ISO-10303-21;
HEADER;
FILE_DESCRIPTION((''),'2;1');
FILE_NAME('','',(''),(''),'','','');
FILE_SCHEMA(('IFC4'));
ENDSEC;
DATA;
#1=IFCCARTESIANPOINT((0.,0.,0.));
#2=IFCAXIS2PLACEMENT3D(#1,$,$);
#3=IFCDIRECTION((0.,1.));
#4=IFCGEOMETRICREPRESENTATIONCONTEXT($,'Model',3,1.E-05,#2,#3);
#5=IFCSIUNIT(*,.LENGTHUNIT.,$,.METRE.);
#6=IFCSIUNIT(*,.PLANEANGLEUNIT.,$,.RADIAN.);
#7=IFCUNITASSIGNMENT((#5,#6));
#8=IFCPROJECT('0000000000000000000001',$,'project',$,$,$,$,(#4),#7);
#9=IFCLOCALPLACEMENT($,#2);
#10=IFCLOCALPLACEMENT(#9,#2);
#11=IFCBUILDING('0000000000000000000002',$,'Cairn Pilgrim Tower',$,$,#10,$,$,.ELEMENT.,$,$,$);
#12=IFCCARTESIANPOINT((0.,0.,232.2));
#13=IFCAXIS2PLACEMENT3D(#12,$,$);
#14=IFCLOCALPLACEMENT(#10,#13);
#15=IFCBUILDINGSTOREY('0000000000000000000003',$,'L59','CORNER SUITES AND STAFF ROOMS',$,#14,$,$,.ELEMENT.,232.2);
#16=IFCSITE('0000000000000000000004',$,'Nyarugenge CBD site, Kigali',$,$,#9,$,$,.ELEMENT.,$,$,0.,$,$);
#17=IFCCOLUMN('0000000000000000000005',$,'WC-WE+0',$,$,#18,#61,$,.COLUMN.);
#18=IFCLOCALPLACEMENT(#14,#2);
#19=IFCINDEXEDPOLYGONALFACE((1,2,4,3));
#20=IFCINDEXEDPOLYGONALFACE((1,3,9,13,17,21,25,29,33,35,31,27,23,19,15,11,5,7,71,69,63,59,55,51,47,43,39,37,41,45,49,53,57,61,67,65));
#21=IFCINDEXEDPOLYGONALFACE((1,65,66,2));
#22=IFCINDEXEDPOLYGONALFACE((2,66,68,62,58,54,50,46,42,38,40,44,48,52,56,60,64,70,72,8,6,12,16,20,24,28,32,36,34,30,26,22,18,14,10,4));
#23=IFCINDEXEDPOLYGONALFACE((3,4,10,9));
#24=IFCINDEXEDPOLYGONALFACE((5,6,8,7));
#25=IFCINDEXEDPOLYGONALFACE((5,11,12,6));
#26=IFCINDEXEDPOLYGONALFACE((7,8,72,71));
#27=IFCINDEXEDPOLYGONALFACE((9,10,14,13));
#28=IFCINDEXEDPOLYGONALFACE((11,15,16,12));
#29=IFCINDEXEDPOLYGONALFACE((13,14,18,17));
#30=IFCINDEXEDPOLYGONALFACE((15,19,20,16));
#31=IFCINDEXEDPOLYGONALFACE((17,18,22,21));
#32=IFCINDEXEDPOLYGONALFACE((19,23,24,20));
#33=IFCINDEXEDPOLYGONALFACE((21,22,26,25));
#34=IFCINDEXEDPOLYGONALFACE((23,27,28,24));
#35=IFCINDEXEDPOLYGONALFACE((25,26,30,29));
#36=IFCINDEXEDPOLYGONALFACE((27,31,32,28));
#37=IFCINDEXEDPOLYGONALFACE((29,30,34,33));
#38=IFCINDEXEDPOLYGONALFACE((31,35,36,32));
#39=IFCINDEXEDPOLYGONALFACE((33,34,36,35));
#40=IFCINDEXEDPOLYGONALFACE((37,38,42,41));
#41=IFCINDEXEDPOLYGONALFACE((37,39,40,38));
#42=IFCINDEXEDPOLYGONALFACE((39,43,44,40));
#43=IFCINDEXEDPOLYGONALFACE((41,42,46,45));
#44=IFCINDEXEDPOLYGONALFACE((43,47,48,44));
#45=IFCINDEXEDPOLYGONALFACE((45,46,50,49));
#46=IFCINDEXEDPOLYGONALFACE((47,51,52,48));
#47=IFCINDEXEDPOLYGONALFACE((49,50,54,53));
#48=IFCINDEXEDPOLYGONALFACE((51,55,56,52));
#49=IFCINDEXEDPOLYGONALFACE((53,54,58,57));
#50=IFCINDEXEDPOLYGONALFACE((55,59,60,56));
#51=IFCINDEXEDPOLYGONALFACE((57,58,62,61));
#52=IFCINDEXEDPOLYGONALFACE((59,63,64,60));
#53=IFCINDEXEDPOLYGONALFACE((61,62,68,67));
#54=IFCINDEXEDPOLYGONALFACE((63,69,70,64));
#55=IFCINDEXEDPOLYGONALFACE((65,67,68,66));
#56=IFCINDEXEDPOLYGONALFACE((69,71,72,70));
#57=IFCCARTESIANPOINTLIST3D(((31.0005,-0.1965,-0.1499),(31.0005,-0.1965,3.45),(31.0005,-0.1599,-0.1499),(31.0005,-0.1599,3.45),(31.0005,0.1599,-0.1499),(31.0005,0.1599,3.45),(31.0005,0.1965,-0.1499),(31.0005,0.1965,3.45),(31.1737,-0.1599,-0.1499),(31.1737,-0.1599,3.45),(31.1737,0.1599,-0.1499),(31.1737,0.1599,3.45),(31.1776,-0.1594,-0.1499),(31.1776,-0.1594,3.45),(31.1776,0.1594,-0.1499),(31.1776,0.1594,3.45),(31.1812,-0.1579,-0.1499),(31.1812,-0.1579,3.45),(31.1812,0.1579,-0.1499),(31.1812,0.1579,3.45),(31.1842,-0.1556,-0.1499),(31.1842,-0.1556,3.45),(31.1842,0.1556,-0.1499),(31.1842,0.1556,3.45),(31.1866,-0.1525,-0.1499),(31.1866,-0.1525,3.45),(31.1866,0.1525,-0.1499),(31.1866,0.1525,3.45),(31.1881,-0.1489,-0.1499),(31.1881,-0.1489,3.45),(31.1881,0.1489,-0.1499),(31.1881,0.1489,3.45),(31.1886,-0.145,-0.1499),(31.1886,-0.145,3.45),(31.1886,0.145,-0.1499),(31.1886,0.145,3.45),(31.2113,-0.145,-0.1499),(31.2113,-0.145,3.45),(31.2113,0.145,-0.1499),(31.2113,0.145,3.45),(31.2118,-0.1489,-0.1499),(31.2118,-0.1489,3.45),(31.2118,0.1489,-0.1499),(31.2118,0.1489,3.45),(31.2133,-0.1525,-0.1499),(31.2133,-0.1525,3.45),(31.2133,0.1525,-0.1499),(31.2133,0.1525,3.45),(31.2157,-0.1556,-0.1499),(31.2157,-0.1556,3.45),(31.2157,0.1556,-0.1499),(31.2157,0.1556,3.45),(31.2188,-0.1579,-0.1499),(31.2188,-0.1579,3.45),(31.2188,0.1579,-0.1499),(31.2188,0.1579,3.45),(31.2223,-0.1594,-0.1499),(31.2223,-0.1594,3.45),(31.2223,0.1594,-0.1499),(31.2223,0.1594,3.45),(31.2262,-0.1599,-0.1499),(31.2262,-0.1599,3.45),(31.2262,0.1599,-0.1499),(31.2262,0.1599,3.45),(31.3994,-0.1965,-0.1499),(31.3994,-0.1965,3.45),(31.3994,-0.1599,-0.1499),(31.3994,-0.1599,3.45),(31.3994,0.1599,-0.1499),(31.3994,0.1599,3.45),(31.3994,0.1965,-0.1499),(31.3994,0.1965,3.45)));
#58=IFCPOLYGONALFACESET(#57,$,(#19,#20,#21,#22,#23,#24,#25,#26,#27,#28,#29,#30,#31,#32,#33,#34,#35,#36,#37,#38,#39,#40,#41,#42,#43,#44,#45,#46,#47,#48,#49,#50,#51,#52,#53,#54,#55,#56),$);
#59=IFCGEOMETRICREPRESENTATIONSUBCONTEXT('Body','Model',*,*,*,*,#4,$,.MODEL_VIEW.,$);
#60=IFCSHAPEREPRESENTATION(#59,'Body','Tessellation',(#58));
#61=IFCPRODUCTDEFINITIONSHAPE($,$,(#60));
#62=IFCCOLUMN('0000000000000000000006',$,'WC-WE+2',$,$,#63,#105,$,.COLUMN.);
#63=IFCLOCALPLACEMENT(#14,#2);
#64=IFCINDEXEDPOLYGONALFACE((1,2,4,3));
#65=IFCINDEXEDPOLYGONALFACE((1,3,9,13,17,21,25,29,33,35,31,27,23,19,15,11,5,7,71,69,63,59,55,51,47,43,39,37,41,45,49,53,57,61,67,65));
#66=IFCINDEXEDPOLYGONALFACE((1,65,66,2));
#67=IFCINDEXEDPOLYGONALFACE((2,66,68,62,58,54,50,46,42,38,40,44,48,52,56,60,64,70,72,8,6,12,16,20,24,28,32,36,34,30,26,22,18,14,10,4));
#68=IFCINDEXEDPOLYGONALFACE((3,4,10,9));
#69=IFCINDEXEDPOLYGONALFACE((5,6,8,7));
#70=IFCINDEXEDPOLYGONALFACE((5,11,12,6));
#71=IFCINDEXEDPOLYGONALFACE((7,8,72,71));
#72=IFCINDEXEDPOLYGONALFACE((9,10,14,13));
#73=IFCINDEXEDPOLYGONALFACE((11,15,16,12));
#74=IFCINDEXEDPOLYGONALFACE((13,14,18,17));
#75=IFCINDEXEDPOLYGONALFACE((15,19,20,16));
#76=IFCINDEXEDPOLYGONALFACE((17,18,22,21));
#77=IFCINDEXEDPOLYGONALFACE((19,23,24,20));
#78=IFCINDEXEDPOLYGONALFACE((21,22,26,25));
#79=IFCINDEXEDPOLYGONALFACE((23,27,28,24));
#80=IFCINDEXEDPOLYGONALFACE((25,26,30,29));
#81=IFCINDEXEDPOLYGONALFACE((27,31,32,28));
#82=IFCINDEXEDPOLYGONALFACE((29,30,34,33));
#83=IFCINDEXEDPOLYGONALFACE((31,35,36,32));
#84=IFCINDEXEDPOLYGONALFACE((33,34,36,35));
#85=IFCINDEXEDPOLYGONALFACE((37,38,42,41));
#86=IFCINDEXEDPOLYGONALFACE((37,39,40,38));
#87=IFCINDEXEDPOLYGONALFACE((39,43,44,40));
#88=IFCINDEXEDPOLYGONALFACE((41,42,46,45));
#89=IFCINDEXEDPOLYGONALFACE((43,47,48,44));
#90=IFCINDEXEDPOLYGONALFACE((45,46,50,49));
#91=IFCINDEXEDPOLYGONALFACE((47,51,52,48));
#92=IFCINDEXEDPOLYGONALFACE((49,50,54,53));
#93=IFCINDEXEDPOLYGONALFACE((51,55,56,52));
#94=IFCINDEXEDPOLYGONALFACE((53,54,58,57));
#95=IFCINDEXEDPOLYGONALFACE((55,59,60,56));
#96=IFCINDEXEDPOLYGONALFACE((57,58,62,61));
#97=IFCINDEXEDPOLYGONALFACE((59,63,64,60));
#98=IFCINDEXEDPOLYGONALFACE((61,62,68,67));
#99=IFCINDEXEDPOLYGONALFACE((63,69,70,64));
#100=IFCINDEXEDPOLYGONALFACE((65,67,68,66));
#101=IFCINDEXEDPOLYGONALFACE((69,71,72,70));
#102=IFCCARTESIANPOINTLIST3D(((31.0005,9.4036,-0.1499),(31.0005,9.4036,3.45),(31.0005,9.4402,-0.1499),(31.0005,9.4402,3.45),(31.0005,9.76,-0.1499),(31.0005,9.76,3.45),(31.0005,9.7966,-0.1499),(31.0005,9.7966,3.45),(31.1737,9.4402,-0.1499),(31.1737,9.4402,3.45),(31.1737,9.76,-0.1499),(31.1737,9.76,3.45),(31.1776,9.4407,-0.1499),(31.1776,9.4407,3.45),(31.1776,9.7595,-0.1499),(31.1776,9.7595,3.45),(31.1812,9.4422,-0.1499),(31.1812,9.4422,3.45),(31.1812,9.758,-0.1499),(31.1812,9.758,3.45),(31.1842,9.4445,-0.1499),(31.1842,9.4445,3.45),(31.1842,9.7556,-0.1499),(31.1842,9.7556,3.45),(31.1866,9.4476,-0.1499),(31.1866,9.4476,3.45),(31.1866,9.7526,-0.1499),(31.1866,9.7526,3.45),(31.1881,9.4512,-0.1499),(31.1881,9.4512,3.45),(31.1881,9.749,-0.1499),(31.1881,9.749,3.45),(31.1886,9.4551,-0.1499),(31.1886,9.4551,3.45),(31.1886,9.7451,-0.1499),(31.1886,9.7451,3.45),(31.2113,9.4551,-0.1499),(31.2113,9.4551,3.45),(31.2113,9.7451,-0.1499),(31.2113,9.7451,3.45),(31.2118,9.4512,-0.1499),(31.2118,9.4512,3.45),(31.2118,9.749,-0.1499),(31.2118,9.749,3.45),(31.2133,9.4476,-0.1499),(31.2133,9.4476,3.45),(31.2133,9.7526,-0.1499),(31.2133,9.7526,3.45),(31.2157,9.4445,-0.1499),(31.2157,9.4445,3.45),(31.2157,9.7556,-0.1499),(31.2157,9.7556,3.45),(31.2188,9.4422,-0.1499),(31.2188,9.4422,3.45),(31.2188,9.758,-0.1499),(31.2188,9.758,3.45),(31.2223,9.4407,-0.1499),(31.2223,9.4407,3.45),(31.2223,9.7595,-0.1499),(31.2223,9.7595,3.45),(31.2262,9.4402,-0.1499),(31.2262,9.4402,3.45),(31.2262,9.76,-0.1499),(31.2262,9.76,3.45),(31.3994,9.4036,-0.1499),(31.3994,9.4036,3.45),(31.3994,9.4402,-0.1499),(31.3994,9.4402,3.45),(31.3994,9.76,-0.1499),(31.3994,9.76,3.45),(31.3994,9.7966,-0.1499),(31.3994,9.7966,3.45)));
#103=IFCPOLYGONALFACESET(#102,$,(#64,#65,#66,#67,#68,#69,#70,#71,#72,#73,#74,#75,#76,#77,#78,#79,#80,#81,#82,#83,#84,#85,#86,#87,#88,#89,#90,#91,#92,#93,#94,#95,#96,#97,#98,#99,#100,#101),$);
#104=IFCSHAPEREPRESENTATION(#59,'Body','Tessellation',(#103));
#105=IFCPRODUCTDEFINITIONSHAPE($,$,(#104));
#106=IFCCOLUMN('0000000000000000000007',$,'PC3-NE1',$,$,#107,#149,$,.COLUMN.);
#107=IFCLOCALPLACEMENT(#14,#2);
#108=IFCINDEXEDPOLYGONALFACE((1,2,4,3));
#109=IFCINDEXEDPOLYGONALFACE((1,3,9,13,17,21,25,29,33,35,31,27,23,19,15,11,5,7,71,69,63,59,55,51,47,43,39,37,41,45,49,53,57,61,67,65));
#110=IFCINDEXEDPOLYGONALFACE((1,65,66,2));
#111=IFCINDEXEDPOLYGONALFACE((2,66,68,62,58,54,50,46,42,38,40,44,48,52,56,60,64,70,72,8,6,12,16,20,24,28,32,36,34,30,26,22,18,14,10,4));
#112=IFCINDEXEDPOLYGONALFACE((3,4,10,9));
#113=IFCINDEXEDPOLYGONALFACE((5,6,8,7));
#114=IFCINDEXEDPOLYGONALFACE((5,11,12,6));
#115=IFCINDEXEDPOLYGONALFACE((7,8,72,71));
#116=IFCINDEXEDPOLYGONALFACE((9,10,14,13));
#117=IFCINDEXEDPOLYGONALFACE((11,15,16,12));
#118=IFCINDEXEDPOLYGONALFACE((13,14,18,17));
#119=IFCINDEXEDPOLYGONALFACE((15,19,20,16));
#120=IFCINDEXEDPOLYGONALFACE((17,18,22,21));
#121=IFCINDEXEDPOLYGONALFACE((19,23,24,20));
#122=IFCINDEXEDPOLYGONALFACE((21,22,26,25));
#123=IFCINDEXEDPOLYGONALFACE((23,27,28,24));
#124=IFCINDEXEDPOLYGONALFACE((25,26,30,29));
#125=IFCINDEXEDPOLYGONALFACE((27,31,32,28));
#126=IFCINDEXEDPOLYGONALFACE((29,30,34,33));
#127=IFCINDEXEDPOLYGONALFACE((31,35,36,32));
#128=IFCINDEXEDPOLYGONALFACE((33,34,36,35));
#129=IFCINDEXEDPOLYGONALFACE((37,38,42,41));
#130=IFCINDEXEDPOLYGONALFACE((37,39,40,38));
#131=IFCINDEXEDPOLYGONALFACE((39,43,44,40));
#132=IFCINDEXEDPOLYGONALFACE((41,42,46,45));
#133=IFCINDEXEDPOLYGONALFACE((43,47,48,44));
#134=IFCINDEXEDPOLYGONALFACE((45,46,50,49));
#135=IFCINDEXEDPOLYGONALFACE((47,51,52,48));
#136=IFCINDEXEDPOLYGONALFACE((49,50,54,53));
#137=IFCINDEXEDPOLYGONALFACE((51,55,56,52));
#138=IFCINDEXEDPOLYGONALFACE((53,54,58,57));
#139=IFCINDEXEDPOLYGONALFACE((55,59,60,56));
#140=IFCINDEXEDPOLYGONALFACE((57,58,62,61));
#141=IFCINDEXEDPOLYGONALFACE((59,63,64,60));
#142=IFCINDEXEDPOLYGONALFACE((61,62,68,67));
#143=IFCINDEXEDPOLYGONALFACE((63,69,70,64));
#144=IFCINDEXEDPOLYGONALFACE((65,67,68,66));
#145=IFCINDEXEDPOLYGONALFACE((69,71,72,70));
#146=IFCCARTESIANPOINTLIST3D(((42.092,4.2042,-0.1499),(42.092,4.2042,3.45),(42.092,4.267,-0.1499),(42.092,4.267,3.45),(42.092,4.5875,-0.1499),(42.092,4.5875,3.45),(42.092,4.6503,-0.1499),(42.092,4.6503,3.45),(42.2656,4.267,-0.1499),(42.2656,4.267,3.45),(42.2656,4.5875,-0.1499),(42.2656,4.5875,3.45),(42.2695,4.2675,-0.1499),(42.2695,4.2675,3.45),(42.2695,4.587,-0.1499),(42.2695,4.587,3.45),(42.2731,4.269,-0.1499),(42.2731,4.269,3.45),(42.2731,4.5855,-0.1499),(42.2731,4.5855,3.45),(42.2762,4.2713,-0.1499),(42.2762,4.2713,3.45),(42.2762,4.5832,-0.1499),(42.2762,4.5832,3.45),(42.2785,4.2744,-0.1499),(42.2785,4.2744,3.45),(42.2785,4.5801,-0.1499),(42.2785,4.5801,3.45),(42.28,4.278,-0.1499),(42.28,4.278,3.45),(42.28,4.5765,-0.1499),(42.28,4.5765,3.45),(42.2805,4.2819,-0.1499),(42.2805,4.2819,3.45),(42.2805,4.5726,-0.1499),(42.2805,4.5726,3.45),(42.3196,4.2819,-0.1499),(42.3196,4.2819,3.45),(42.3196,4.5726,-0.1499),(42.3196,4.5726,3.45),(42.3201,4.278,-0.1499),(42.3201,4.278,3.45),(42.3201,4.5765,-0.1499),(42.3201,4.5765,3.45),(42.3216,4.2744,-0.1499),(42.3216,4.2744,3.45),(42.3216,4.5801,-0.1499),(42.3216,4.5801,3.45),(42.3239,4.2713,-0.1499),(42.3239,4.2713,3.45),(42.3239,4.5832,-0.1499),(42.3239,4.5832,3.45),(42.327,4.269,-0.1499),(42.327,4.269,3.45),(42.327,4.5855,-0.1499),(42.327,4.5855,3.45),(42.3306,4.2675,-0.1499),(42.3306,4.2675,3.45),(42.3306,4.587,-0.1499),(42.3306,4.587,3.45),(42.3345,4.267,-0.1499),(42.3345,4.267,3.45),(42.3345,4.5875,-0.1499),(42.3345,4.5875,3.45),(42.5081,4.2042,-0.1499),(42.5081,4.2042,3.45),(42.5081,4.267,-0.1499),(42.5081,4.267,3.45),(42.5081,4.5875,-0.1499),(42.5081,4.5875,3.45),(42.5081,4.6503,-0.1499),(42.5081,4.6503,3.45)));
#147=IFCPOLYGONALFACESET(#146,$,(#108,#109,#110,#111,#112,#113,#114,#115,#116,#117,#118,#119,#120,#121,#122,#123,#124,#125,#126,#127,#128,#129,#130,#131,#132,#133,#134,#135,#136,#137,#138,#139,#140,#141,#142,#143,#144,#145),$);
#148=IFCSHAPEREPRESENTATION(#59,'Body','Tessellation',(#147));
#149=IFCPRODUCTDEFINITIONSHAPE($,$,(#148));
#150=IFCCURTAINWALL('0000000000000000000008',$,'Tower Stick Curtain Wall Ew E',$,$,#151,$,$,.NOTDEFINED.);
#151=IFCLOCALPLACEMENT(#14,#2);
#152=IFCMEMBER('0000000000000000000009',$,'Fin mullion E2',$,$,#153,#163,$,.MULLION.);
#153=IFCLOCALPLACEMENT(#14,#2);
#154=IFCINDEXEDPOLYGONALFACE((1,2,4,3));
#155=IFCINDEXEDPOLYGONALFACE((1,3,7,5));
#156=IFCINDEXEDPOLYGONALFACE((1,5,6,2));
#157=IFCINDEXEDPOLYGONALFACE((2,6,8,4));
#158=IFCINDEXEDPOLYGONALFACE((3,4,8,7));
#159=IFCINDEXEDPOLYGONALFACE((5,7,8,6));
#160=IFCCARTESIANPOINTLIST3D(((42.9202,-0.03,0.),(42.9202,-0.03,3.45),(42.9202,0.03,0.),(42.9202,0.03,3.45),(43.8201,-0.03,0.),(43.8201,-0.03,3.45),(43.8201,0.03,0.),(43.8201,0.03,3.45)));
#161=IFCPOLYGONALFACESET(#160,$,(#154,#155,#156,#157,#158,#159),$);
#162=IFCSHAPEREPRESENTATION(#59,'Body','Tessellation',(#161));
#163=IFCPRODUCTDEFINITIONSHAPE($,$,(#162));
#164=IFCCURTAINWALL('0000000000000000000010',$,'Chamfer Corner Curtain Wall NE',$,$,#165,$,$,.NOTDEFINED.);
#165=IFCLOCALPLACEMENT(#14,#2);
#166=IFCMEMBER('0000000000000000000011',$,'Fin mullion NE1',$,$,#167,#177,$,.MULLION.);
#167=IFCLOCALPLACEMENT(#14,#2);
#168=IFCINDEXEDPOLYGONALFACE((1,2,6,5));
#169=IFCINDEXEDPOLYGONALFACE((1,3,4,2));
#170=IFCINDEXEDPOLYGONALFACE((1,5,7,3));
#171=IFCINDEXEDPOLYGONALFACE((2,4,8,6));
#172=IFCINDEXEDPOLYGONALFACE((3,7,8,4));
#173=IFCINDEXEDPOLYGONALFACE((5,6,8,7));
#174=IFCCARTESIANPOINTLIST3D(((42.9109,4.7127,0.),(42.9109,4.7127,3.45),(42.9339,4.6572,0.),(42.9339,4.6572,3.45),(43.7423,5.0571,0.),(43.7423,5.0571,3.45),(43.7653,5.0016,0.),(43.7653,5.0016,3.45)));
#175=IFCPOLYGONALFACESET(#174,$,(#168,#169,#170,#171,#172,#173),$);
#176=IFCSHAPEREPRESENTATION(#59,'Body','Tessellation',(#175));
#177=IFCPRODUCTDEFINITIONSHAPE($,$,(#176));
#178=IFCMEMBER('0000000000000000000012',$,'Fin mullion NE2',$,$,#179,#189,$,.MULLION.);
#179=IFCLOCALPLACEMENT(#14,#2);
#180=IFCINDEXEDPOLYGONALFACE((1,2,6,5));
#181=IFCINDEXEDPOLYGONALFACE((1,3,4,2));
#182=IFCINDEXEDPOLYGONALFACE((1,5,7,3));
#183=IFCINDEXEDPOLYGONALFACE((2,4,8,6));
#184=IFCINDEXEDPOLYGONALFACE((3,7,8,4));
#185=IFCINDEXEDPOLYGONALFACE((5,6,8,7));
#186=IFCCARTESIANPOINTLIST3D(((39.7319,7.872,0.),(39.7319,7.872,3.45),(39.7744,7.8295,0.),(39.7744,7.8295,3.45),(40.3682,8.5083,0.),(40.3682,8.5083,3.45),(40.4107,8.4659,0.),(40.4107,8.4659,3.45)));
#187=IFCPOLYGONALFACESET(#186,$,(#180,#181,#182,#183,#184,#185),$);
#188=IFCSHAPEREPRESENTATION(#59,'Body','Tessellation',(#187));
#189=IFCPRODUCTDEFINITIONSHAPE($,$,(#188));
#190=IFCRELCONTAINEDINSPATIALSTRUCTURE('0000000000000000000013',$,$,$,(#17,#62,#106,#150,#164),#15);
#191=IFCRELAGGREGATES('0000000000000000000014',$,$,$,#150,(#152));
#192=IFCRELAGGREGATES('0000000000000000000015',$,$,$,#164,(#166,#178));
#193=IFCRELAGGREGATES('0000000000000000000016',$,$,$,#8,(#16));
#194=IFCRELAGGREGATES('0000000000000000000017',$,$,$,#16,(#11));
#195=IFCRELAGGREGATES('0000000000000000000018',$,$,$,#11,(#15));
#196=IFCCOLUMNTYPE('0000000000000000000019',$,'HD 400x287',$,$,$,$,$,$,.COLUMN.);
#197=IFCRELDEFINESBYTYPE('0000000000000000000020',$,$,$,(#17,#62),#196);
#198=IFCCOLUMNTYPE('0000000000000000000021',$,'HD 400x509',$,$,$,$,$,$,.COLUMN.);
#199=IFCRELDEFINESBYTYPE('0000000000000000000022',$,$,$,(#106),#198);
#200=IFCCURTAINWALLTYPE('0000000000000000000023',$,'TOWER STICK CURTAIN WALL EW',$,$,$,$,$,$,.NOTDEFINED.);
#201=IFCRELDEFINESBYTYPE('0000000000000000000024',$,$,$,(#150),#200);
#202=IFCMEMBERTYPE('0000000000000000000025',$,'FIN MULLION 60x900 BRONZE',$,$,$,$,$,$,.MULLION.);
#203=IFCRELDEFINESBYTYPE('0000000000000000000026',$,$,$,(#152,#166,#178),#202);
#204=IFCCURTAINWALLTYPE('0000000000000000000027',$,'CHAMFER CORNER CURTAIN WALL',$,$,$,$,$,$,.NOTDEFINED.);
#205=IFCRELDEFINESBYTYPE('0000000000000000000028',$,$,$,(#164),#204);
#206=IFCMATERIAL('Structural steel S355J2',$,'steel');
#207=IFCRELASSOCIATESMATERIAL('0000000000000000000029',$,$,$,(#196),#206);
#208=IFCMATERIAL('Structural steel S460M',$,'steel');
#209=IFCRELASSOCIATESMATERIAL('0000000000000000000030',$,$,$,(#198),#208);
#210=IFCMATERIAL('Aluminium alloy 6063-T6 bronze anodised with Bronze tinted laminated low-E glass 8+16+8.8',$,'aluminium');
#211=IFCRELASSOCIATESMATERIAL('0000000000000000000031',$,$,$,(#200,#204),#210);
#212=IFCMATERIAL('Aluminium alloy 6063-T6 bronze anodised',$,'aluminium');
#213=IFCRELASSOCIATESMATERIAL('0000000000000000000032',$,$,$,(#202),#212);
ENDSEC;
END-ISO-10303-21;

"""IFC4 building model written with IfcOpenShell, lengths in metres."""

from ifc_helpers import new_model, si_unit, direction, frame, origin, origin_2d, place, context, subcontext, project, spatial, rectangle, i_section, extrude, material, material_profile, profile_set, type_object, element, aggregate, save


model = new_model("IFC4")

# Units and contexts
model_context = context("Model", 3, precision=1e-05, world=origin(), true_north=direction((0.0, 1.0)))
body_context = subcontext(model_context, "Body", "Model", "MODEL_VIEW")
ifc_project = project(units=[si_unit("LENGTHUNIT", "METRE"), si_unit("PLANEANGLEUNIT", "RADIAN")], contexts=[model_context])

# Site, building, storey
site_placement = place(None, origin())
site = spatial("IfcSite", under=ifc_project, at=site_placement, Name="Nyarugenge CBD site, Kigali", CompositionType="ELEMENT", RefElevation=0.0)
building_placement = place(site_placement, origin())
building = spatial("IfcBuilding", under=site, at=building_placement, Name="Cairn Pilgrim Tower", CompositionType="ELEMENT")
storey_placement = place(building_placement, frame((0.0, 0.0, 232.2)))
storey = spatial("IfcBuildingStorey", under=building, at=storey_placement, Name="L59", Description="CORNER SUITES AND STAFF ROOMS", CompositionType="ELEMENT", Elevation=232.2)

# Columns
ifc_material_1 = material(Name="Structural steel S355J2", Category="steel")
ifc_material_profile_1 = material_profile(ifc_material_1, i_section(OverallWidth=0.3989, OverallDepth=0.3931, WebThickness=0.0227, FlangeThickness=0.0366, FilletRadius=0.0149, at=origin_2d()), Name="HD 400x287")
ifc_profile_set_1 = profile_set([ifc_material_profile_1], Name="Structural steel S355J2")
column_type_1 = type_object("IfcColumnType", Name="HD 400x287", PredefinedType="COLUMN", material=ifc_profile_set_1)
for number, where, z_axis, x_axis, name in (
    (1, (31.2, 0.0, -0.1499), (0.0, 0.0, 1.0), (1.0, 0.0, 0.0), "WC-WE+0"),
    (2, (31.2, 9.6001, -0.1499), (0.0, 0.0, 1.0), (1.0, 0.0, 0.0), "WC-WE+2"),
):
    element("IfcColumn", number, at=place(storey_placement, frame(where, z_axis=z_axis, x_axis=x_axis)), inside=storey, type_object=column_type_1, Name=name, PredefinedType="COLUMN", context=body_context, shape_type="SweptSolid", body=[
        extrude(i_section(OverallWidth=0.3989, OverallDepth=0.3931, WebThickness=0.0227, FlangeThickness=0.0366, FilletRadius=0.0149, at=origin_2d()), origin(), (0.0, 0.0, 1.0), 3.5999),
    ])
ifc_material_2 = material(Name="Structural steel S460M", Category="steel")
ifc_material_profile_2 = material_profile(ifc_material_2, i_section(OverallWidth=0.416, OverallDepth=0.446, WebThickness=0.0391, FlangeThickness=0.0627, FilletRadius=0.0149, at=origin_2d()), Name="HD 400x509")
ifc_profile_set_2 = profile_set([ifc_material_profile_2], Name="Structural steel S460M")
column_type_2 = type_object("IfcColumnType", Name="HD 400x509", PredefinedType="COLUMN", material=ifc_profile_set_2)
column_placement = place(storey_placement, frame((42.3, 4.4272, -0.1499), z_axis=(0.0, 0.0, 1.0), x_axis=(1.0, 0.0, 0.0)))
element("IfcColumn", 3, at=column_placement, inside=storey, type_object=column_type_2, Name="PC3-NE1", PredefinedType="COLUMN", context=body_context, shape_type="SweptSolid", body=[
    extrude(i_section(OverallWidth=0.416, OverallDepth=0.446, WebThickness=0.0391, FlangeThickness=0.0627, FilletRadius=0.0149, at=origin_2d()), origin(), (0.0, 0.0, 1.0), 3.5999),
])

# Curtain wall, member
ifc_material_3 = material(Name="Aluminium alloy 6063-T6 bronze anodised with Bronze tinted laminated low-E glass 8+16+8.8", Category="aluminium")
curtain_wall_type_1 = type_object("IfcCurtainWallType", Name="TOWER STICK CURTAIN WALL EW", PredefinedType="NOTDEFINED", material=ifc_material_3)
curtain_wall_1_placement = place(storey_placement, origin())
curtain_wall_1 = element("IfcCurtainWall", 4, at=curtain_wall_1_placement, inside=storey, type_object=curtain_wall_type_1, Name="Tower Stick Curtain Wall Ew E", PredefinedType="NOTDEFINED")
ifc_material_4 = material(Name="Aluminium alloy 6063-T6 bronze anodised", Category="aluminium")
ifc_material_profile_3 = material_profile(ifc_material_4, rectangle(XDim=0.8999, YDim=0.0601, at=origin_2d()), Name="FIN MULLION 60x900 BRONZE")
ifc_profile_set_3 = profile_set([ifc_material_profile_3], Name="Aluminium alloy 6063-T6 bronze anodised")
member_type_1 = type_object("IfcMemberType", Name="FIN MULLION 60x900 BRONZE", PredefinedType="MULLION", material=ifc_profile_set_3)
member_1_placement = place(storey_placement, frame((43.3701, 0.0, 0.0), z_axis=(0.0, 0.0, 1.0), x_axis=(1.0, 0.0, 0.0)))
member_1 = element("IfcMember", 5, at=member_1_placement, type_object=member_type_1, Name="Fin mullion E2", PredefinedType="MULLION", context=body_context, shape_type="SweptSolid", body=[
    extrude(rectangle(XDim=0.8999, YDim=0.0601, at=origin_2d()), origin(), (0.0, 0.0, 1.0), 3.45),
])
aggregate(curtain_wall_1, [member_1])

# Curtain wall, members
curtain_wall_type_2 = type_object("IfcCurtainWallType", Name="CHAMFER CORNER CURTAIN WALL", PredefinedType="NOTDEFINED", material=ifc_material_3)
curtain_wall_2_placement = place(storey_placement, origin())
curtain_wall_2 = element("IfcCurtainWall", 6, at=curtain_wall_2_placement, inside=storey, type_object=curtain_wall_type_2, Name="Chamfer Corner Curtain Wall NE", PredefinedType="NOTDEFINED")
member_2_placement = place(storey_placement, frame((43.3381, 4.8572, 0.0), z_axis=(0.0, 0.0, 1.0), x_axis=(0.92388, 0.382683, 0.0)))
member_2 = element("IfcMember", 7, at=member_2_placement, type_object=member_type_1, Name="Fin mullion NE1", PredefinedType="MULLION", context=body_context, shape_type="SweptSolid", body=[
    extrude(rectangle(XDim=0.8999, YDim=0.0601, at=origin_2d()), origin(), (0.0, 0.0, 1.0), 3.45),
])
member_3_placement = place(storey_placement, frame((40.0713, 8.1689, 0.0), z_axis=(0.0, 0.0, 1.0), x_axis=(0.707107, 0.707107, 0.0)))
member_3 = element("IfcMember", 8, at=member_3_placement, type_object=member_type_1, Name="Fin mullion NE2", PredefinedType="MULLION", context=body_context, shape_type="SweptSolid", body=[
    extrude(rectangle(XDim=0.8999, YDim=0.0601, at=origin_2d()), origin(), (0.0, 0.0, 1.0), 3.45),
])

aggregate(curtain_wall_2, [member_2, member_3])

save(model, "model.ifc")
